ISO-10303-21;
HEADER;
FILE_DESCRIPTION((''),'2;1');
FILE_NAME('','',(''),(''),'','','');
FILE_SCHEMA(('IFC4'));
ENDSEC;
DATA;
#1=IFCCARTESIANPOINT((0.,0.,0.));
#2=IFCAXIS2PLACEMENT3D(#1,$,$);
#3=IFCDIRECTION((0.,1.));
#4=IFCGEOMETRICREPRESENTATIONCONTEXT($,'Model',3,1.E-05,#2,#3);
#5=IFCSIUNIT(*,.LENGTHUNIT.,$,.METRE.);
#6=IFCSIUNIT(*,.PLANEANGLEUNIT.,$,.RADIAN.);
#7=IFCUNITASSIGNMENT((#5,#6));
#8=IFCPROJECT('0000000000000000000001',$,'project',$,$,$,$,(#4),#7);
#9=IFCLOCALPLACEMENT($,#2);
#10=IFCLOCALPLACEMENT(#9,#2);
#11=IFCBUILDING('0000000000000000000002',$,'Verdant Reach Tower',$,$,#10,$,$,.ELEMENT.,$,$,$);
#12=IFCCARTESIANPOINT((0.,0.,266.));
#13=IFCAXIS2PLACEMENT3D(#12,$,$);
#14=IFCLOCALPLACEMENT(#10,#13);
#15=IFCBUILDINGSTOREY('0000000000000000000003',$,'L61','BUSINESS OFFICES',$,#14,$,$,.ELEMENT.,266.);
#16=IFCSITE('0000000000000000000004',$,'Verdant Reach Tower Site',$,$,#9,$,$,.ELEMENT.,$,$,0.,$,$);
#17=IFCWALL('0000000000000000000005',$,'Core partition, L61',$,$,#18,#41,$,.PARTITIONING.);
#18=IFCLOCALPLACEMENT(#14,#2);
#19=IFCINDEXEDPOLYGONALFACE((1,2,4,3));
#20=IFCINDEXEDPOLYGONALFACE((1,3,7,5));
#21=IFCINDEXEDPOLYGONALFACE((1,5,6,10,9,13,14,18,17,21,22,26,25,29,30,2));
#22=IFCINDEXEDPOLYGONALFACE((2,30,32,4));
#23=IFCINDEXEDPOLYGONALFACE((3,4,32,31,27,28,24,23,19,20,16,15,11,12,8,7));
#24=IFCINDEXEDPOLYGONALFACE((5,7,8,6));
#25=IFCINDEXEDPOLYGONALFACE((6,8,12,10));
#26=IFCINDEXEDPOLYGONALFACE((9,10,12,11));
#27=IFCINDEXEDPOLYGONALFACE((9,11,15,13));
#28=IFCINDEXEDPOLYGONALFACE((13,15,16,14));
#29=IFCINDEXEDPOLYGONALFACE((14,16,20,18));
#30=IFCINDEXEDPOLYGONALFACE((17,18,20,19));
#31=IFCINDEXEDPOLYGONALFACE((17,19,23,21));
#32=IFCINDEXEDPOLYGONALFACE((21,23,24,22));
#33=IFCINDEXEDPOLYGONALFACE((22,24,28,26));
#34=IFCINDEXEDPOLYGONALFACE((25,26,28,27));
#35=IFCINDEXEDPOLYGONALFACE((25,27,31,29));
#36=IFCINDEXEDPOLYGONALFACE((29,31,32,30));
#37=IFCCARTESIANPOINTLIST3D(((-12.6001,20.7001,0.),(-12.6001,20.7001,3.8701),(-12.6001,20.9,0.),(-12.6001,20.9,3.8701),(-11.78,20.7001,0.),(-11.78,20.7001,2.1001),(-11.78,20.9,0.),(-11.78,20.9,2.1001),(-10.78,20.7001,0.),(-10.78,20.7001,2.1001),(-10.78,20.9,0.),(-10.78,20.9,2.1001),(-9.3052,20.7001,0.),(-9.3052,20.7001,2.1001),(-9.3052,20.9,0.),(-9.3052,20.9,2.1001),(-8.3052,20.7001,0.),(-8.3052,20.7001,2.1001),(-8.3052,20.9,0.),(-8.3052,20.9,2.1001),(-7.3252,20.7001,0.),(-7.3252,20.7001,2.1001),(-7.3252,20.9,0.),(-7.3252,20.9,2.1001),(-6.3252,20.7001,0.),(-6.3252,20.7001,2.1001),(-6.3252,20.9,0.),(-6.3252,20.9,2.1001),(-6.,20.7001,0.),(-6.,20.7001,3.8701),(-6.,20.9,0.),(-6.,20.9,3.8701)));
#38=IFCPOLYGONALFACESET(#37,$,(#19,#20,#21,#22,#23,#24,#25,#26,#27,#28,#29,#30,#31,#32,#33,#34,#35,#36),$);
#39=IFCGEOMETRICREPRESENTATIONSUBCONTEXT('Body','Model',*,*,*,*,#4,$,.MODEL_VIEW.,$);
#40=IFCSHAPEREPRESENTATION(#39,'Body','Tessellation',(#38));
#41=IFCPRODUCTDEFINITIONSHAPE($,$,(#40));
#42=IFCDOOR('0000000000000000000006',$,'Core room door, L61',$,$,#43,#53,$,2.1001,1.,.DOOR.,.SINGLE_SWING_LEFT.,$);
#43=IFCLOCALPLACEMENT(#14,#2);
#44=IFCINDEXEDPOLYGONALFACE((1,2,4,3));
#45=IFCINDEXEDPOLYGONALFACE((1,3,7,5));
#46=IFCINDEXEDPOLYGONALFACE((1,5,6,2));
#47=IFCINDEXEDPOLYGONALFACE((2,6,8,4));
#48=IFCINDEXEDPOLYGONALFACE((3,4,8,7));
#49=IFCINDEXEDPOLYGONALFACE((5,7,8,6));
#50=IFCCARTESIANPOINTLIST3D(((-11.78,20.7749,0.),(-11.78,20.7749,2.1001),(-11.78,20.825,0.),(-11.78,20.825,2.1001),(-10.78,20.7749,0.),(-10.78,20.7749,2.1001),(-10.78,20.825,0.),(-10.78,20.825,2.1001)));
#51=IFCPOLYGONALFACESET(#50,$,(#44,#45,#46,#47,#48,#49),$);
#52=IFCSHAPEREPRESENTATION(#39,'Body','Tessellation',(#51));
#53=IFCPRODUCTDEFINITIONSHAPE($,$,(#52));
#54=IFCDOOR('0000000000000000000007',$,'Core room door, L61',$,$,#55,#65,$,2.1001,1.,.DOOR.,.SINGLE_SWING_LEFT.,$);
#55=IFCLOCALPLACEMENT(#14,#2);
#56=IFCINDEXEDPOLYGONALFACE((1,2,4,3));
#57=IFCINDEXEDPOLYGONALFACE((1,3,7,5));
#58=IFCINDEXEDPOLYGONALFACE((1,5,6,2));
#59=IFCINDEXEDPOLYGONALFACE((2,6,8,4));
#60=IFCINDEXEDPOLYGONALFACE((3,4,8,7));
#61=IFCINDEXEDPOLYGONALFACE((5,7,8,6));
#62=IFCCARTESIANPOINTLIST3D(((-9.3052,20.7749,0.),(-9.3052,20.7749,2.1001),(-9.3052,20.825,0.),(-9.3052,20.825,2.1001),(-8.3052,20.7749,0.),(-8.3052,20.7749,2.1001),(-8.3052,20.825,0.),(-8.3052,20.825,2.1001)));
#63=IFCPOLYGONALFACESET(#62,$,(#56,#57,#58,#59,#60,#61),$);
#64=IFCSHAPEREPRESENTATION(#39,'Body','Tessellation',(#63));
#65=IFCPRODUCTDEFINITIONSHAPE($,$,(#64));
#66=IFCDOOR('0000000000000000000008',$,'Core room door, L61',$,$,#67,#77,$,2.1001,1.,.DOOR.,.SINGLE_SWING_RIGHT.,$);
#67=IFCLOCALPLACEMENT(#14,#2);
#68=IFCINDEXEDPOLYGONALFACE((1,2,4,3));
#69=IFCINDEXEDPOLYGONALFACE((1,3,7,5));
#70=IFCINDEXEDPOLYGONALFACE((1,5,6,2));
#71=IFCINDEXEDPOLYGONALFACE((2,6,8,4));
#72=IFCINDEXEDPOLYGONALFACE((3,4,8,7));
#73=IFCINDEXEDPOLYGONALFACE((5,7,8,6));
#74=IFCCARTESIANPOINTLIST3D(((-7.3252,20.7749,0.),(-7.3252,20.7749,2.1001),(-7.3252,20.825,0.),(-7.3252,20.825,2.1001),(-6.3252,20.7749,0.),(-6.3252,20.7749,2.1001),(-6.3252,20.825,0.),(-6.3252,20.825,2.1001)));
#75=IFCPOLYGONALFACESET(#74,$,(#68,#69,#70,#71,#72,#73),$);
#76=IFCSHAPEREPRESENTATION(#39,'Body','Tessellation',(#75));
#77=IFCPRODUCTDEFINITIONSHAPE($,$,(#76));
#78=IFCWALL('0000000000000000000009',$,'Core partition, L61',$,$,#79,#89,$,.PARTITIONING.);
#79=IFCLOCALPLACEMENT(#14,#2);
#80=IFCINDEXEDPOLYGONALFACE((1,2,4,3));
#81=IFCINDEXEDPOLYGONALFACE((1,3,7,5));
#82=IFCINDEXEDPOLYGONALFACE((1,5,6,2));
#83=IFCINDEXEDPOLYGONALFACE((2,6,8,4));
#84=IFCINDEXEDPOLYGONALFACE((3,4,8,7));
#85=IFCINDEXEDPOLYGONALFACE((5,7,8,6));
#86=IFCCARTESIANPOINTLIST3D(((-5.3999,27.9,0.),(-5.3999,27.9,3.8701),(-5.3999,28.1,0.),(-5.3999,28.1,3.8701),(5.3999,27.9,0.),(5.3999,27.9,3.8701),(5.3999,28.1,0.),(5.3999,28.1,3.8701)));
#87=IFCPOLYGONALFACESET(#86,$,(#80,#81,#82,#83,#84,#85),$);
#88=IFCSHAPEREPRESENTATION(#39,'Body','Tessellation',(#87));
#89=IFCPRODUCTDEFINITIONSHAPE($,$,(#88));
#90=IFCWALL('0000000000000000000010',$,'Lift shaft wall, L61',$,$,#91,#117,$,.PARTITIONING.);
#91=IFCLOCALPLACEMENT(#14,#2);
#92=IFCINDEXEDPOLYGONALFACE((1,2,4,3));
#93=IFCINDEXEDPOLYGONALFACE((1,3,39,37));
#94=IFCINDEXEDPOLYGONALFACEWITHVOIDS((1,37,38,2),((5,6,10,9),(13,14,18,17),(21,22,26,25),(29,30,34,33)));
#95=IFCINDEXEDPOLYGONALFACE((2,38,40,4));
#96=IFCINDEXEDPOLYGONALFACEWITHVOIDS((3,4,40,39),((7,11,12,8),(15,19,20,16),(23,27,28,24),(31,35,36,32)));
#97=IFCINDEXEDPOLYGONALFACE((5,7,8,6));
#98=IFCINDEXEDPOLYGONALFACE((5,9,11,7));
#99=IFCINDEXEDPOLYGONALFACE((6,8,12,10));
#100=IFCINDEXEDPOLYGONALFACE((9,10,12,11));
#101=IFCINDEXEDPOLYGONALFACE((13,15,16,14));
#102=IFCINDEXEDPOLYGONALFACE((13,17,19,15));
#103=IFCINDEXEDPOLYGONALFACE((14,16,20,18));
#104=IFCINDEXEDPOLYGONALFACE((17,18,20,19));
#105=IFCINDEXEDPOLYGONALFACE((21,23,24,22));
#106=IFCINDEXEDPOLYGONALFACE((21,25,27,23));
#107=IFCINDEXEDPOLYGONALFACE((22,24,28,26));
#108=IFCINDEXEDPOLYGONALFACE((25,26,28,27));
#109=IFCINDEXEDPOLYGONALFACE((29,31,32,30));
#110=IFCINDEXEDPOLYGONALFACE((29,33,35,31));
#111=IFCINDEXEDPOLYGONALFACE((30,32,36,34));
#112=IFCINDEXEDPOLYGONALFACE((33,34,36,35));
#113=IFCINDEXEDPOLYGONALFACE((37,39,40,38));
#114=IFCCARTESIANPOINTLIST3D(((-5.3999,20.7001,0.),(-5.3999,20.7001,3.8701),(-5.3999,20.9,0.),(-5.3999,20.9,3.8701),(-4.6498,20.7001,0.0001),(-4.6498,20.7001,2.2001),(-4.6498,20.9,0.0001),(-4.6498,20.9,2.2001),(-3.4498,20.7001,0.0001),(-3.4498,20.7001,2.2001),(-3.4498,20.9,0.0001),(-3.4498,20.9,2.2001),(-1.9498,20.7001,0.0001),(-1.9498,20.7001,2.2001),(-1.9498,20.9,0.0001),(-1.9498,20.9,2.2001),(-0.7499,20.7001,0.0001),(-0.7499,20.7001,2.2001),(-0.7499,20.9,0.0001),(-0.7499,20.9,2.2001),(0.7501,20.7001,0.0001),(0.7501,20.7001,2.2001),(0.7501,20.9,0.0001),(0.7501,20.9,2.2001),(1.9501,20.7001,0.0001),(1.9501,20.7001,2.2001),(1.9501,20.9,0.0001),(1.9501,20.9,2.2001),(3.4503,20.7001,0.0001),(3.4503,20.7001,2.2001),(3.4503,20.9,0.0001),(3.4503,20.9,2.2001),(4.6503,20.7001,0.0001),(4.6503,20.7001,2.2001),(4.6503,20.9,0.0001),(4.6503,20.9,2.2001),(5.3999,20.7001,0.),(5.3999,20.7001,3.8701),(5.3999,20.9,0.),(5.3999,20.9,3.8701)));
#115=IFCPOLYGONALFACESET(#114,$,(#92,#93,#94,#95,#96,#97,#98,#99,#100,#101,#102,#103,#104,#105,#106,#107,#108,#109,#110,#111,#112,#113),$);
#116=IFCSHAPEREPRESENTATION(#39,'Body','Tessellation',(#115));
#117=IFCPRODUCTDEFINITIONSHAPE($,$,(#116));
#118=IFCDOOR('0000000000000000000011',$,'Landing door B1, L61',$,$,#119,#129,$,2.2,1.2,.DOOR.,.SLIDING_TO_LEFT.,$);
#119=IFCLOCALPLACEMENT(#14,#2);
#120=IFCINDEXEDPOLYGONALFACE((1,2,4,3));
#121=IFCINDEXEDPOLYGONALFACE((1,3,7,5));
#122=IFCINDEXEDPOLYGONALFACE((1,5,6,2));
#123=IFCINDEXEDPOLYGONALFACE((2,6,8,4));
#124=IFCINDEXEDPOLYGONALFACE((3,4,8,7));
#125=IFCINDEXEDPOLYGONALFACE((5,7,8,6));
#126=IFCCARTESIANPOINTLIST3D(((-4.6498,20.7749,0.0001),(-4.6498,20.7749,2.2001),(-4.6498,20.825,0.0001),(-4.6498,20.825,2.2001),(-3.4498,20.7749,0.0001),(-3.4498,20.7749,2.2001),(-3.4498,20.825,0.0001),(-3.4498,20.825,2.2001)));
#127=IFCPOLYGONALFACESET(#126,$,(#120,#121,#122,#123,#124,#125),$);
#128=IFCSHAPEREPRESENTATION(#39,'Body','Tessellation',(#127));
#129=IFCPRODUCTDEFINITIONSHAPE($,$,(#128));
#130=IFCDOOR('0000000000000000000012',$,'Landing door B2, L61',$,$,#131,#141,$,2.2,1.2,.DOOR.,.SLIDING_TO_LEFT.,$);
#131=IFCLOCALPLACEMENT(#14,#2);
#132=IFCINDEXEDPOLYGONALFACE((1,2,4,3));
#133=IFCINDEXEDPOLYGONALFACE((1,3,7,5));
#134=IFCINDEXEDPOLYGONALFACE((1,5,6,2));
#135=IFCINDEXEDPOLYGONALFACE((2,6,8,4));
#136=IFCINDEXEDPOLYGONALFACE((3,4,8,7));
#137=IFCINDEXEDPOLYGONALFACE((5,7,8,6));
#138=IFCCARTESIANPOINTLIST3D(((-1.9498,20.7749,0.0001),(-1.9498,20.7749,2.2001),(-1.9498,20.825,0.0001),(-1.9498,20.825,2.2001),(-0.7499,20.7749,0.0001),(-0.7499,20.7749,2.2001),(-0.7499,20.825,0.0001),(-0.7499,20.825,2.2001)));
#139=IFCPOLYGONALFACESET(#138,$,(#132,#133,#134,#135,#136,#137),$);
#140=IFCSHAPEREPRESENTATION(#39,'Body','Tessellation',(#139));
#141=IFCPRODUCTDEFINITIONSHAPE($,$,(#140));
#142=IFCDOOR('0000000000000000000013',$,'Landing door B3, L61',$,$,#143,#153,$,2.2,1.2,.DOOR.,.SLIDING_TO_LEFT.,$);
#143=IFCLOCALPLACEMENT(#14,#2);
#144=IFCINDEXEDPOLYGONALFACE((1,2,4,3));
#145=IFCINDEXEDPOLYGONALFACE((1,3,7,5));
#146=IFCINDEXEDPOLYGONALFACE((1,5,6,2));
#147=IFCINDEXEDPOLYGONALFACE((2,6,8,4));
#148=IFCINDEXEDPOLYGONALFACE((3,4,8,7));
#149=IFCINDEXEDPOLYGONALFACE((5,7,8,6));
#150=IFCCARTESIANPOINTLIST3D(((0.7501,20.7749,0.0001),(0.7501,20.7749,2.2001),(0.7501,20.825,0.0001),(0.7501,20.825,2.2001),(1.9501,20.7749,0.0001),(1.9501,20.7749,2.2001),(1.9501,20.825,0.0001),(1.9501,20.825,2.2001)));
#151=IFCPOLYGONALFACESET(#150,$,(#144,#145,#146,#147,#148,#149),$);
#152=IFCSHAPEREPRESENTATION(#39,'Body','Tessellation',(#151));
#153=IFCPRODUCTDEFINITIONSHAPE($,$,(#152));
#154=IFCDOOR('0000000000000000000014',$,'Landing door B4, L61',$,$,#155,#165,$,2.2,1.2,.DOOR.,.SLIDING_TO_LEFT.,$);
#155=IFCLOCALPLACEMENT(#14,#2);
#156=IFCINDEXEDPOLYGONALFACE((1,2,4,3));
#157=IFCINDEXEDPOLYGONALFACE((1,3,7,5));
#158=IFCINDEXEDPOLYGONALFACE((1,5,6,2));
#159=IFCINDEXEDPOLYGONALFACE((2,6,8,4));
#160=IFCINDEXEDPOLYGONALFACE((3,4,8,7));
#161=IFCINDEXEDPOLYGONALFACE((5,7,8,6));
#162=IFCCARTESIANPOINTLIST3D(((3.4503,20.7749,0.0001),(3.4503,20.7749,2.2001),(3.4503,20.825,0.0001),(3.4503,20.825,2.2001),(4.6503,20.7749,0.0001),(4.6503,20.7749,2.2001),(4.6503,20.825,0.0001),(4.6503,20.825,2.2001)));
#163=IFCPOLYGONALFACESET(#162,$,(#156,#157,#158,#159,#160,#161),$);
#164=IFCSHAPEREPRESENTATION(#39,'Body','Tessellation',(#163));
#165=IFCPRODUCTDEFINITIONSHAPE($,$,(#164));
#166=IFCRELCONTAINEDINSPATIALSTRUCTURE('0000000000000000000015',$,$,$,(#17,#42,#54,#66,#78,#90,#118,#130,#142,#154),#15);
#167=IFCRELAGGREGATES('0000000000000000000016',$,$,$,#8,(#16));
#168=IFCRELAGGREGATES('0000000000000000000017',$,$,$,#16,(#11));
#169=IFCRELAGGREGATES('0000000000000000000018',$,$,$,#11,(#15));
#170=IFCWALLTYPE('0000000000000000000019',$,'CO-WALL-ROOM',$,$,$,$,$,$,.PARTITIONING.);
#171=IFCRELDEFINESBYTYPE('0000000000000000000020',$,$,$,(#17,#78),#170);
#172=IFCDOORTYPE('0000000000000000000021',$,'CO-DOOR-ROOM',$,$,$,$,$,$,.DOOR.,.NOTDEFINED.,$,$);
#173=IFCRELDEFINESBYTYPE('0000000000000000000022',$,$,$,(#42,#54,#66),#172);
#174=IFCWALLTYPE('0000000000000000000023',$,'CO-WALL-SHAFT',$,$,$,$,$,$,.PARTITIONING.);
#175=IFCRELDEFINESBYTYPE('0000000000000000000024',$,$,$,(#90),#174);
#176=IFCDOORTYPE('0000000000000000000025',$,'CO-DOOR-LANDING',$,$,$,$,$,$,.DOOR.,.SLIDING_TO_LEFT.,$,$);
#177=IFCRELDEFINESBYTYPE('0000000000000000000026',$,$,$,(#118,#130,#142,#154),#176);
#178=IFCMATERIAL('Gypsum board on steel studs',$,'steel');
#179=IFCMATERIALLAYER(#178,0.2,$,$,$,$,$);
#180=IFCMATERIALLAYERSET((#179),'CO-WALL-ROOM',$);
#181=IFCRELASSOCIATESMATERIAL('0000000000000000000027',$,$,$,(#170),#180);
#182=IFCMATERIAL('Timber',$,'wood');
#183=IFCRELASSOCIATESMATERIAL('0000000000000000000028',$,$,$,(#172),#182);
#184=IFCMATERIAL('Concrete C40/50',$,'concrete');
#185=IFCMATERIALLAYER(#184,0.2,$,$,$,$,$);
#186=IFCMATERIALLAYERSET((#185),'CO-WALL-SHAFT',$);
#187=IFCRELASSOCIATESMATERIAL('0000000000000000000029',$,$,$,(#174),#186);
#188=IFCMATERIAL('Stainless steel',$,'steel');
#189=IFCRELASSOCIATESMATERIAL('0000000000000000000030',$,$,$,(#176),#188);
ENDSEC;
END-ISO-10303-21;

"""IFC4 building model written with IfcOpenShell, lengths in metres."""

from ifc_helpers import new_model, si_unit, direction, frame, frame_2d, origin, place, context, subcontext, project, spatial, rectangle, extrude, material, layer, layer_set, type_object, element, fill, save


model = new_model("IFC4")

# Units and contexts
model_context = context("Model", 3, precision=1e-05, world=origin(), true_north=direction((0.0, 1.0)))
body_context = subcontext(model_context, "Body", "Model", "MODEL_VIEW")
ifc_project = project(units=[si_unit("LENGTHUNIT", "METRE"), si_unit("PLANEANGLEUNIT", "RADIAN")], contexts=[model_context])

# Site, building, storey
site_placement = place(None, origin())
site = spatial("IfcSite", under=ifc_project, at=site_placement, Name="Verdant Reach Tower Site", CompositionType="ELEMENT", RefElevation=0.0)
building_placement = place(site_placement, origin())
building = spatial("IfcBuilding", under=site, at=building_placement, Name="Verdant Reach Tower", CompositionType="ELEMENT")
storey_placement = place(building_placement, frame((0.0, 0.0, 266.0)))
storey = spatial("IfcBuildingStorey", under=building, at=storey_placement, Name="L61", Description="BUSINESS OFFICES", CompositionType="ELEMENT", Elevation=266.0)

# Wall, openings, doors
ifc_material_1 = material(Name="Gypsum board on steel studs", Category="steel")
ifc_layer_1 = layer(ifc_material_1, 0.2)
ifc_layer_set_1 = layer_set([ifc_layer_1], Name="CO-WALL-ROOM")
wall_type_1 = type_object("IfcWallType", Name="CO-WALL-ROOM", PredefinedType="PARTITIONING", material=ifc_layer_set_1)
wall_1_placement = place(storey_placement, frame((-12.6001, 20.8, 0.0), z_axis=(0.0, 0.0, 1.0), x_axis=(1.0, 0.0, 0.0)))
wall_1 = element("IfcWall", 1, at=wall_1_placement, inside=storey, type_object=wall_type_1, Name="Core partition, L61", PredefinedType="PARTITIONING", context=body_context, shape_type="SweptSolid", body=[
    extrude(rectangle(XDim=6.6001, YDim=0.2, at=frame_2d((3.3, 0.0))), origin(), (0.0, 0.0, 1.0), 3.8701),
])
opening_1_placement = place(wall_1_placement, frame((0.8201, 0.0, 0.0)))
opening_1 = element("IfcOpeningElement", 2, at=opening_1_placement, cuts=wall_1, PredefinedType="OPENING", context=body_context, shape_type="SweptSolid", body=[
    extrude(rectangle(XDim=1.0, YDim=2.1001, at=frame_2d((0.5, 1.05))), frame((0.0, 0.1099, 0.0), z_axis=(0.0, -1.0, 0.0), x_axis=(1.0, 0.0, 0.0)), (0.0, 0.0, 1.0), 0.22),
])
opening_2_placement = place(wall_1_placement, frame((3.2949, 0.0, 0.0)))
opening_2 = element("IfcOpeningElement", 3, at=opening_2_placement, cuts=wall_1, PredefinedType="OPENING", context=body_context, shape_type="SweptSolid", body=[
    extrude(rectangle(XDim=1.0, YDim=2.1001, at=frame_2d((0.5, 1.05))), frame((0.0, 0.1099, 0.0), z_axis=(0.0, -1.0, 0.0), x_axis=(1.0, 0.0, 0.0)), (0.0, 0.0, 1.0), 0.22),
])
opening_3_placement = place(wall_1_placement, frame((5.2749, 0.0, 0.0)))
opening_3 = element("IfcOpeningElement", 4, at=opening_3_placement, cuts=wall_1, PredefinedType="OPENING", context=body_context, shape_type="SweptSolid", body=[
    extrude(rectangle(XDim=1.0, YDim=2.1001, at=frame_2d((0.5, 1.05))), frame((0.0, 0.1099, 0.0), z_axis=(0.0, -1.0, 0.0), x_axis=(1.0, 0.0, 0.0)), (0.0, 0.0, 1.0), 0.22),
])
ifc_material_2 = material(Name="Timber", Category="wood")
door_type_1 = type_object("IfcDoorType", Name="CO-DOOR-ROOM", OperationType="NOTDEFINED", PredefinedType="DOOR", material=ifc_material_2)
door_1_placement = place(opening_1_placement, origin())
door_1 = element("IfcDoor", 5, at=door_1_placement, inside=storey, type_object=door_type_1, Name="Core room door, L61", OperationType="SINGLE_SWING_LEFT", OverallHeight=2.1001, OverallWidth=1.0, PredefinedType="DOOR", context=body_context, shape_type="SweptSolid", body=[
    extrude(rectangle(XDim=1.0, YDim=2.1001, at=frame_2d((0.5, 1.05))), frame((0.0, 0.0249, 0.0), z_axis=(0.0, -1.0, 0.0), x_axis=(1.0, 0.0, 0.0)), (0.0, 0.0, 1.0), 0.05),
])
fill(opening_1, door_1)
door_2_placement = place(opening_2_placement, origin())
door_2 = element("IfcDoor", 6, at=door_2_placement, inside=storey, type_object=door_type_1, Name="Core room door, L61", OperationType="SINGLE_SWING_LEFT", OverallHeight=2.1001, OverallWidth=1.0, PredefinedType="DOOR", context=body_context, shape_type="SweptSolid", body=[
    extrude(rectangle(XDim=1.0, YDim=2.1001, at=frame_2d((0.5, 1.05))), frame((0.0, 0.0249, 0.0), z_axis=(0.0, -1.0, 0.0), x_axis=(1.0, 0.0, 0.0)), (0.0, 0.0, 1.0), 0.05),
])
fill(opening_2, door_2)
door_3_placement = place(opening_3_placement, origin())
door_3 = element("IfcDoor", 7, at=door_3_placement, inside=storey, type_object=door_type_1, Name="Core room door, L61", OperationType="SINGLE_SWING_RIGHT", OverallHeight=2.1001, OverallWidth=1.0, PredefinedType="DOOR", context=body_context, shape_type="SweptSolid", body=[
    extrude(rectangle(XDim=1.0, YDim=2.1001, at=frame_2d((0.5, 1.05))), frame((0.0, 0.0249, 0.0), z_axis=(0.0, -1.0, 0.0), x_axis=(1.0, 0.0, 0.0)), (0.0, 0.0, 1.0), 0.05),
])
fill(opening_3, door_3)

# Wall
wall_2_placement = place(storey_placement, frame((-5.3999, 28.0, 0.0), z_axis=(0.0, 0.0, 1.0), x_axis=(1.0, 0.0, 0.0)))
element("IfcWall", 8, at=wall_2_placement, inside=storey, type_object=wall_type_1, Name="Core partition, L61", PredefinedType="PARTITIONING", context=body_context, shape_type="SweptSolid", body=[
    extrude(rectangle(XDim=10.7998, YDim=0.2, at=frame_2d((5.3999, 0.0))), origin(), (0.0, 0.0, 1.0), 3.8701),
])

# Wall, openings, doors
ifc_material_3 = material(Name="Concrete C40/50", Category="concrete")
ifc_layer_2 = layer(ifc_material_3, 0.2)
ifc_layer_set_2 = layer_set([ifc_layer_2], Name="CO-WALL-SHAFT")
wall_type_2 = type_object("IfcWallType", Name="CO-WALL-SHAFT", PredefinedType="PARTITIONING", material=ifc_layer_set_2)
wall_3_placement = place(storey_placement, frame((-5.3999, 20.8, 0.0), z_axis=(0.0, 0.0, 1.0), x_axis=(1.0, 0.0, 0.0)))
wall_3 = element("IfcWall", 9, at=wall_3_placement, inside=storey, type_object=wall_type_2, Name="Lift shaft wall, L61", PredefinedType="PARTITIONING", context=body_context, shape_type="SweptSolid", body=[
    extrude(rectangle(XDim=10.7998, YDim=0.2, at=frame_2d((5.3999, 0.0))), origin(), (0.0, 0.0, 1.0), 3.8701),
])
opening_4_placement = place(wall_3_placement, frame((0.75, 0.0, 0.0)))
opening_4 = element("IfcOpeningElement", 10, at=opening_4_placement, cuts=wall_3, PredefinedType="OPENING", context=body_context, shape_type="SweptSolid", body=[
    extrude(rectangle(XDim=1.2, YDim=2.2, at=frame_2d((0.6001, 1.1001))), frame((0.0, 0.1099, 0.0), z_axis=(0.0, -1.0, 0.0), x_axis=(1.0, 0.0, 0.0)), (0.0, 0.0, 1.0), 0.22),
])
opening_5_placement = place(wall_3_placement, frame((3.45, 0.0, 0.0)))
opening_5 = element("IfcOpeningElement", 11, at=opening_5_placement, cuts=wall_3, PredefinedType="OPENING", context=body_context, shape_type="SweptSolid", body=[
    extrude(rectangle(XDim=1.2, YDim=2.2, at=frame_2d((0.6001, 1.1001))), frame((0.0, 0.1099, 0.0), z_axis=(0.0, -1.0, 0.0), x_axis=(1.0, 0.0, 0.0)), (0.0, 0.0, 1.0), 0.22),
])
opening_6_placement = place(wall_3_placement, frame((6.1499, 0.0, 0.0)))
opening_6 = element("IfcOpeningElement", 12, at=opening_6_placement, cuts=wall_3, PredefinedType="OPENING", context=body_context, shape_type="SweptSolid", body=[
    extrude(rectangle(XDim=1.2, YDim=2.2, at=frame_2d((0.6001, 1.1001))), frame((0.0, 0.1099, 0.0), z_axis=(0.0, -1.0, 0.0), x_axis=(1.0, 0.0, 0.0)), (0.0, 0.0, 1.0), 0.22),
])
opening_7_placement = place(wall_3_placement, frame((8.8501, 0.0, 0.0)))
opening_7 = element("IfcOpeningElement", 13, at=opening_7_placement, cuts=wall_3, PredefinedType="OPENING", context=body_context, shape_type="SweptSolid", body=[
    extrude(rectangle(XDim=1.2, YDim=2.2, at=frame_2d((0.6001, 1.1001))), frame((0.0, 0.1099, 0.0), z_axis=(0.0, -1.0, 0.0), x_axis=(1.0, 0.0, 0.0)), (0.0, 0.0, 1.0), 0.22),
])
ifc_material_4 = material(Name="Stainless steel", Category="steel")
door_type_2 = type_object("IfcDoorType", Name="CO-DOOR-LANDING", OperationType="SLIDING_TO_LEFT", PredefinedType="DOOR", material=ifc_material_4)
door_4_placement = place(opening_4_placement, origin())
door_4 = element("IfcDoor", 14, at=door_4_placement, inside=storey, type_object=door_type_2, Name="Landing door B1, L61", OperationType="SLIDING_TO_LEFT", OverallHeight=2.2, OverallWidth=1.2, PredefinedType="DOOR", context=body_context, shape_type="SweptSolid", body=[
    extrude(rectangle(XDim=1.2, YDim=2.2, at=frame_2d((0.6001, 1.1001))), frame((0.0, 0.0249, 0.0), z_axis=(0.0, -1.0, 0.0), x_axis=(1.0, 0.0, 0.0)), (0.0, 0.0, 1.0), 0.05),
])
fill(opening_4, door_4)
door_5_placement = place(opening_5_placement, origin())
door_5 = element("IfcDoor", 15, at=door_5_placement, inside=storey, type_object=door_type_2, Name="Landing door B2, L61", OperationType="SLIDING_TO_LEFT", OverallHeight=2.2, OverallWidth=1.2, PredefinedType="DOOR", context=body_context, shape_type="SweptSolid", body=[
    extrude(rectangle(XDim=1.2, YDim=2.2, at=frame_2d((0.6001, 1.1001))), frame((0.0, 0.0249, 0.0), z_axis=(0.0, -1.0, 0.0), x_axis=(1.0, 0.0, 0.0)), (0.0, 0.0, 1.0), 0.05),
])
fill(opening_5, door_5)
door_6_placement = place(opening_6_placement, origin())
door_6 = element("IfcDoor", 16, at=door_6_placement, inside=storey, type_object=door_type_2, Name="Landing door B3, L61", OperationType="SLIDING_TO_LEFT", OverallHeight=2.2, OverallWidth=1.2, PredefinedType="DOOR", context=body_context, shape_type="SweptSolid", body=[
    extrude(rectangle(XDim=1.2, YDim=2.2, at=frame_2d((0.6001, 1.1001))), frame((0.0, 0.0249, 0.0), z_axis=(0.0, -1.0, 0.0), x_axis=(1.0, 0.0, 0.0)), (0.0, 0.0, 1.0), 0.05),
])
fill(opening_6, door_6)
door_7_placement = place(opening_7_placement, origin())
door_7 = element("IfcDoor", 17, at=door_7_placement, inside=storey, type_object=door_type_2, Name="Landing door B4, L61", OperationType="SLIDING_TO_LEFT", OverallHeight=2.2, OverallWidth=1.2, PredefinedType="DOOR", context=body_context, shape_type="SweptSolid", body=[
    extrude(rectangle(XDim=1.2, YDim=2.2, at=frame_2d((0.6001, 1.1001))), frame((0.0, 0.0249, 0.0), z_axis=(0.0, -1.0, 0.0), x_axis=(1.0, 0.0, 0.0)), (0.0, 0.0, 1.0), 0.05),
])
fill(opening_7, door_7)

save(model, "model.ifc")
